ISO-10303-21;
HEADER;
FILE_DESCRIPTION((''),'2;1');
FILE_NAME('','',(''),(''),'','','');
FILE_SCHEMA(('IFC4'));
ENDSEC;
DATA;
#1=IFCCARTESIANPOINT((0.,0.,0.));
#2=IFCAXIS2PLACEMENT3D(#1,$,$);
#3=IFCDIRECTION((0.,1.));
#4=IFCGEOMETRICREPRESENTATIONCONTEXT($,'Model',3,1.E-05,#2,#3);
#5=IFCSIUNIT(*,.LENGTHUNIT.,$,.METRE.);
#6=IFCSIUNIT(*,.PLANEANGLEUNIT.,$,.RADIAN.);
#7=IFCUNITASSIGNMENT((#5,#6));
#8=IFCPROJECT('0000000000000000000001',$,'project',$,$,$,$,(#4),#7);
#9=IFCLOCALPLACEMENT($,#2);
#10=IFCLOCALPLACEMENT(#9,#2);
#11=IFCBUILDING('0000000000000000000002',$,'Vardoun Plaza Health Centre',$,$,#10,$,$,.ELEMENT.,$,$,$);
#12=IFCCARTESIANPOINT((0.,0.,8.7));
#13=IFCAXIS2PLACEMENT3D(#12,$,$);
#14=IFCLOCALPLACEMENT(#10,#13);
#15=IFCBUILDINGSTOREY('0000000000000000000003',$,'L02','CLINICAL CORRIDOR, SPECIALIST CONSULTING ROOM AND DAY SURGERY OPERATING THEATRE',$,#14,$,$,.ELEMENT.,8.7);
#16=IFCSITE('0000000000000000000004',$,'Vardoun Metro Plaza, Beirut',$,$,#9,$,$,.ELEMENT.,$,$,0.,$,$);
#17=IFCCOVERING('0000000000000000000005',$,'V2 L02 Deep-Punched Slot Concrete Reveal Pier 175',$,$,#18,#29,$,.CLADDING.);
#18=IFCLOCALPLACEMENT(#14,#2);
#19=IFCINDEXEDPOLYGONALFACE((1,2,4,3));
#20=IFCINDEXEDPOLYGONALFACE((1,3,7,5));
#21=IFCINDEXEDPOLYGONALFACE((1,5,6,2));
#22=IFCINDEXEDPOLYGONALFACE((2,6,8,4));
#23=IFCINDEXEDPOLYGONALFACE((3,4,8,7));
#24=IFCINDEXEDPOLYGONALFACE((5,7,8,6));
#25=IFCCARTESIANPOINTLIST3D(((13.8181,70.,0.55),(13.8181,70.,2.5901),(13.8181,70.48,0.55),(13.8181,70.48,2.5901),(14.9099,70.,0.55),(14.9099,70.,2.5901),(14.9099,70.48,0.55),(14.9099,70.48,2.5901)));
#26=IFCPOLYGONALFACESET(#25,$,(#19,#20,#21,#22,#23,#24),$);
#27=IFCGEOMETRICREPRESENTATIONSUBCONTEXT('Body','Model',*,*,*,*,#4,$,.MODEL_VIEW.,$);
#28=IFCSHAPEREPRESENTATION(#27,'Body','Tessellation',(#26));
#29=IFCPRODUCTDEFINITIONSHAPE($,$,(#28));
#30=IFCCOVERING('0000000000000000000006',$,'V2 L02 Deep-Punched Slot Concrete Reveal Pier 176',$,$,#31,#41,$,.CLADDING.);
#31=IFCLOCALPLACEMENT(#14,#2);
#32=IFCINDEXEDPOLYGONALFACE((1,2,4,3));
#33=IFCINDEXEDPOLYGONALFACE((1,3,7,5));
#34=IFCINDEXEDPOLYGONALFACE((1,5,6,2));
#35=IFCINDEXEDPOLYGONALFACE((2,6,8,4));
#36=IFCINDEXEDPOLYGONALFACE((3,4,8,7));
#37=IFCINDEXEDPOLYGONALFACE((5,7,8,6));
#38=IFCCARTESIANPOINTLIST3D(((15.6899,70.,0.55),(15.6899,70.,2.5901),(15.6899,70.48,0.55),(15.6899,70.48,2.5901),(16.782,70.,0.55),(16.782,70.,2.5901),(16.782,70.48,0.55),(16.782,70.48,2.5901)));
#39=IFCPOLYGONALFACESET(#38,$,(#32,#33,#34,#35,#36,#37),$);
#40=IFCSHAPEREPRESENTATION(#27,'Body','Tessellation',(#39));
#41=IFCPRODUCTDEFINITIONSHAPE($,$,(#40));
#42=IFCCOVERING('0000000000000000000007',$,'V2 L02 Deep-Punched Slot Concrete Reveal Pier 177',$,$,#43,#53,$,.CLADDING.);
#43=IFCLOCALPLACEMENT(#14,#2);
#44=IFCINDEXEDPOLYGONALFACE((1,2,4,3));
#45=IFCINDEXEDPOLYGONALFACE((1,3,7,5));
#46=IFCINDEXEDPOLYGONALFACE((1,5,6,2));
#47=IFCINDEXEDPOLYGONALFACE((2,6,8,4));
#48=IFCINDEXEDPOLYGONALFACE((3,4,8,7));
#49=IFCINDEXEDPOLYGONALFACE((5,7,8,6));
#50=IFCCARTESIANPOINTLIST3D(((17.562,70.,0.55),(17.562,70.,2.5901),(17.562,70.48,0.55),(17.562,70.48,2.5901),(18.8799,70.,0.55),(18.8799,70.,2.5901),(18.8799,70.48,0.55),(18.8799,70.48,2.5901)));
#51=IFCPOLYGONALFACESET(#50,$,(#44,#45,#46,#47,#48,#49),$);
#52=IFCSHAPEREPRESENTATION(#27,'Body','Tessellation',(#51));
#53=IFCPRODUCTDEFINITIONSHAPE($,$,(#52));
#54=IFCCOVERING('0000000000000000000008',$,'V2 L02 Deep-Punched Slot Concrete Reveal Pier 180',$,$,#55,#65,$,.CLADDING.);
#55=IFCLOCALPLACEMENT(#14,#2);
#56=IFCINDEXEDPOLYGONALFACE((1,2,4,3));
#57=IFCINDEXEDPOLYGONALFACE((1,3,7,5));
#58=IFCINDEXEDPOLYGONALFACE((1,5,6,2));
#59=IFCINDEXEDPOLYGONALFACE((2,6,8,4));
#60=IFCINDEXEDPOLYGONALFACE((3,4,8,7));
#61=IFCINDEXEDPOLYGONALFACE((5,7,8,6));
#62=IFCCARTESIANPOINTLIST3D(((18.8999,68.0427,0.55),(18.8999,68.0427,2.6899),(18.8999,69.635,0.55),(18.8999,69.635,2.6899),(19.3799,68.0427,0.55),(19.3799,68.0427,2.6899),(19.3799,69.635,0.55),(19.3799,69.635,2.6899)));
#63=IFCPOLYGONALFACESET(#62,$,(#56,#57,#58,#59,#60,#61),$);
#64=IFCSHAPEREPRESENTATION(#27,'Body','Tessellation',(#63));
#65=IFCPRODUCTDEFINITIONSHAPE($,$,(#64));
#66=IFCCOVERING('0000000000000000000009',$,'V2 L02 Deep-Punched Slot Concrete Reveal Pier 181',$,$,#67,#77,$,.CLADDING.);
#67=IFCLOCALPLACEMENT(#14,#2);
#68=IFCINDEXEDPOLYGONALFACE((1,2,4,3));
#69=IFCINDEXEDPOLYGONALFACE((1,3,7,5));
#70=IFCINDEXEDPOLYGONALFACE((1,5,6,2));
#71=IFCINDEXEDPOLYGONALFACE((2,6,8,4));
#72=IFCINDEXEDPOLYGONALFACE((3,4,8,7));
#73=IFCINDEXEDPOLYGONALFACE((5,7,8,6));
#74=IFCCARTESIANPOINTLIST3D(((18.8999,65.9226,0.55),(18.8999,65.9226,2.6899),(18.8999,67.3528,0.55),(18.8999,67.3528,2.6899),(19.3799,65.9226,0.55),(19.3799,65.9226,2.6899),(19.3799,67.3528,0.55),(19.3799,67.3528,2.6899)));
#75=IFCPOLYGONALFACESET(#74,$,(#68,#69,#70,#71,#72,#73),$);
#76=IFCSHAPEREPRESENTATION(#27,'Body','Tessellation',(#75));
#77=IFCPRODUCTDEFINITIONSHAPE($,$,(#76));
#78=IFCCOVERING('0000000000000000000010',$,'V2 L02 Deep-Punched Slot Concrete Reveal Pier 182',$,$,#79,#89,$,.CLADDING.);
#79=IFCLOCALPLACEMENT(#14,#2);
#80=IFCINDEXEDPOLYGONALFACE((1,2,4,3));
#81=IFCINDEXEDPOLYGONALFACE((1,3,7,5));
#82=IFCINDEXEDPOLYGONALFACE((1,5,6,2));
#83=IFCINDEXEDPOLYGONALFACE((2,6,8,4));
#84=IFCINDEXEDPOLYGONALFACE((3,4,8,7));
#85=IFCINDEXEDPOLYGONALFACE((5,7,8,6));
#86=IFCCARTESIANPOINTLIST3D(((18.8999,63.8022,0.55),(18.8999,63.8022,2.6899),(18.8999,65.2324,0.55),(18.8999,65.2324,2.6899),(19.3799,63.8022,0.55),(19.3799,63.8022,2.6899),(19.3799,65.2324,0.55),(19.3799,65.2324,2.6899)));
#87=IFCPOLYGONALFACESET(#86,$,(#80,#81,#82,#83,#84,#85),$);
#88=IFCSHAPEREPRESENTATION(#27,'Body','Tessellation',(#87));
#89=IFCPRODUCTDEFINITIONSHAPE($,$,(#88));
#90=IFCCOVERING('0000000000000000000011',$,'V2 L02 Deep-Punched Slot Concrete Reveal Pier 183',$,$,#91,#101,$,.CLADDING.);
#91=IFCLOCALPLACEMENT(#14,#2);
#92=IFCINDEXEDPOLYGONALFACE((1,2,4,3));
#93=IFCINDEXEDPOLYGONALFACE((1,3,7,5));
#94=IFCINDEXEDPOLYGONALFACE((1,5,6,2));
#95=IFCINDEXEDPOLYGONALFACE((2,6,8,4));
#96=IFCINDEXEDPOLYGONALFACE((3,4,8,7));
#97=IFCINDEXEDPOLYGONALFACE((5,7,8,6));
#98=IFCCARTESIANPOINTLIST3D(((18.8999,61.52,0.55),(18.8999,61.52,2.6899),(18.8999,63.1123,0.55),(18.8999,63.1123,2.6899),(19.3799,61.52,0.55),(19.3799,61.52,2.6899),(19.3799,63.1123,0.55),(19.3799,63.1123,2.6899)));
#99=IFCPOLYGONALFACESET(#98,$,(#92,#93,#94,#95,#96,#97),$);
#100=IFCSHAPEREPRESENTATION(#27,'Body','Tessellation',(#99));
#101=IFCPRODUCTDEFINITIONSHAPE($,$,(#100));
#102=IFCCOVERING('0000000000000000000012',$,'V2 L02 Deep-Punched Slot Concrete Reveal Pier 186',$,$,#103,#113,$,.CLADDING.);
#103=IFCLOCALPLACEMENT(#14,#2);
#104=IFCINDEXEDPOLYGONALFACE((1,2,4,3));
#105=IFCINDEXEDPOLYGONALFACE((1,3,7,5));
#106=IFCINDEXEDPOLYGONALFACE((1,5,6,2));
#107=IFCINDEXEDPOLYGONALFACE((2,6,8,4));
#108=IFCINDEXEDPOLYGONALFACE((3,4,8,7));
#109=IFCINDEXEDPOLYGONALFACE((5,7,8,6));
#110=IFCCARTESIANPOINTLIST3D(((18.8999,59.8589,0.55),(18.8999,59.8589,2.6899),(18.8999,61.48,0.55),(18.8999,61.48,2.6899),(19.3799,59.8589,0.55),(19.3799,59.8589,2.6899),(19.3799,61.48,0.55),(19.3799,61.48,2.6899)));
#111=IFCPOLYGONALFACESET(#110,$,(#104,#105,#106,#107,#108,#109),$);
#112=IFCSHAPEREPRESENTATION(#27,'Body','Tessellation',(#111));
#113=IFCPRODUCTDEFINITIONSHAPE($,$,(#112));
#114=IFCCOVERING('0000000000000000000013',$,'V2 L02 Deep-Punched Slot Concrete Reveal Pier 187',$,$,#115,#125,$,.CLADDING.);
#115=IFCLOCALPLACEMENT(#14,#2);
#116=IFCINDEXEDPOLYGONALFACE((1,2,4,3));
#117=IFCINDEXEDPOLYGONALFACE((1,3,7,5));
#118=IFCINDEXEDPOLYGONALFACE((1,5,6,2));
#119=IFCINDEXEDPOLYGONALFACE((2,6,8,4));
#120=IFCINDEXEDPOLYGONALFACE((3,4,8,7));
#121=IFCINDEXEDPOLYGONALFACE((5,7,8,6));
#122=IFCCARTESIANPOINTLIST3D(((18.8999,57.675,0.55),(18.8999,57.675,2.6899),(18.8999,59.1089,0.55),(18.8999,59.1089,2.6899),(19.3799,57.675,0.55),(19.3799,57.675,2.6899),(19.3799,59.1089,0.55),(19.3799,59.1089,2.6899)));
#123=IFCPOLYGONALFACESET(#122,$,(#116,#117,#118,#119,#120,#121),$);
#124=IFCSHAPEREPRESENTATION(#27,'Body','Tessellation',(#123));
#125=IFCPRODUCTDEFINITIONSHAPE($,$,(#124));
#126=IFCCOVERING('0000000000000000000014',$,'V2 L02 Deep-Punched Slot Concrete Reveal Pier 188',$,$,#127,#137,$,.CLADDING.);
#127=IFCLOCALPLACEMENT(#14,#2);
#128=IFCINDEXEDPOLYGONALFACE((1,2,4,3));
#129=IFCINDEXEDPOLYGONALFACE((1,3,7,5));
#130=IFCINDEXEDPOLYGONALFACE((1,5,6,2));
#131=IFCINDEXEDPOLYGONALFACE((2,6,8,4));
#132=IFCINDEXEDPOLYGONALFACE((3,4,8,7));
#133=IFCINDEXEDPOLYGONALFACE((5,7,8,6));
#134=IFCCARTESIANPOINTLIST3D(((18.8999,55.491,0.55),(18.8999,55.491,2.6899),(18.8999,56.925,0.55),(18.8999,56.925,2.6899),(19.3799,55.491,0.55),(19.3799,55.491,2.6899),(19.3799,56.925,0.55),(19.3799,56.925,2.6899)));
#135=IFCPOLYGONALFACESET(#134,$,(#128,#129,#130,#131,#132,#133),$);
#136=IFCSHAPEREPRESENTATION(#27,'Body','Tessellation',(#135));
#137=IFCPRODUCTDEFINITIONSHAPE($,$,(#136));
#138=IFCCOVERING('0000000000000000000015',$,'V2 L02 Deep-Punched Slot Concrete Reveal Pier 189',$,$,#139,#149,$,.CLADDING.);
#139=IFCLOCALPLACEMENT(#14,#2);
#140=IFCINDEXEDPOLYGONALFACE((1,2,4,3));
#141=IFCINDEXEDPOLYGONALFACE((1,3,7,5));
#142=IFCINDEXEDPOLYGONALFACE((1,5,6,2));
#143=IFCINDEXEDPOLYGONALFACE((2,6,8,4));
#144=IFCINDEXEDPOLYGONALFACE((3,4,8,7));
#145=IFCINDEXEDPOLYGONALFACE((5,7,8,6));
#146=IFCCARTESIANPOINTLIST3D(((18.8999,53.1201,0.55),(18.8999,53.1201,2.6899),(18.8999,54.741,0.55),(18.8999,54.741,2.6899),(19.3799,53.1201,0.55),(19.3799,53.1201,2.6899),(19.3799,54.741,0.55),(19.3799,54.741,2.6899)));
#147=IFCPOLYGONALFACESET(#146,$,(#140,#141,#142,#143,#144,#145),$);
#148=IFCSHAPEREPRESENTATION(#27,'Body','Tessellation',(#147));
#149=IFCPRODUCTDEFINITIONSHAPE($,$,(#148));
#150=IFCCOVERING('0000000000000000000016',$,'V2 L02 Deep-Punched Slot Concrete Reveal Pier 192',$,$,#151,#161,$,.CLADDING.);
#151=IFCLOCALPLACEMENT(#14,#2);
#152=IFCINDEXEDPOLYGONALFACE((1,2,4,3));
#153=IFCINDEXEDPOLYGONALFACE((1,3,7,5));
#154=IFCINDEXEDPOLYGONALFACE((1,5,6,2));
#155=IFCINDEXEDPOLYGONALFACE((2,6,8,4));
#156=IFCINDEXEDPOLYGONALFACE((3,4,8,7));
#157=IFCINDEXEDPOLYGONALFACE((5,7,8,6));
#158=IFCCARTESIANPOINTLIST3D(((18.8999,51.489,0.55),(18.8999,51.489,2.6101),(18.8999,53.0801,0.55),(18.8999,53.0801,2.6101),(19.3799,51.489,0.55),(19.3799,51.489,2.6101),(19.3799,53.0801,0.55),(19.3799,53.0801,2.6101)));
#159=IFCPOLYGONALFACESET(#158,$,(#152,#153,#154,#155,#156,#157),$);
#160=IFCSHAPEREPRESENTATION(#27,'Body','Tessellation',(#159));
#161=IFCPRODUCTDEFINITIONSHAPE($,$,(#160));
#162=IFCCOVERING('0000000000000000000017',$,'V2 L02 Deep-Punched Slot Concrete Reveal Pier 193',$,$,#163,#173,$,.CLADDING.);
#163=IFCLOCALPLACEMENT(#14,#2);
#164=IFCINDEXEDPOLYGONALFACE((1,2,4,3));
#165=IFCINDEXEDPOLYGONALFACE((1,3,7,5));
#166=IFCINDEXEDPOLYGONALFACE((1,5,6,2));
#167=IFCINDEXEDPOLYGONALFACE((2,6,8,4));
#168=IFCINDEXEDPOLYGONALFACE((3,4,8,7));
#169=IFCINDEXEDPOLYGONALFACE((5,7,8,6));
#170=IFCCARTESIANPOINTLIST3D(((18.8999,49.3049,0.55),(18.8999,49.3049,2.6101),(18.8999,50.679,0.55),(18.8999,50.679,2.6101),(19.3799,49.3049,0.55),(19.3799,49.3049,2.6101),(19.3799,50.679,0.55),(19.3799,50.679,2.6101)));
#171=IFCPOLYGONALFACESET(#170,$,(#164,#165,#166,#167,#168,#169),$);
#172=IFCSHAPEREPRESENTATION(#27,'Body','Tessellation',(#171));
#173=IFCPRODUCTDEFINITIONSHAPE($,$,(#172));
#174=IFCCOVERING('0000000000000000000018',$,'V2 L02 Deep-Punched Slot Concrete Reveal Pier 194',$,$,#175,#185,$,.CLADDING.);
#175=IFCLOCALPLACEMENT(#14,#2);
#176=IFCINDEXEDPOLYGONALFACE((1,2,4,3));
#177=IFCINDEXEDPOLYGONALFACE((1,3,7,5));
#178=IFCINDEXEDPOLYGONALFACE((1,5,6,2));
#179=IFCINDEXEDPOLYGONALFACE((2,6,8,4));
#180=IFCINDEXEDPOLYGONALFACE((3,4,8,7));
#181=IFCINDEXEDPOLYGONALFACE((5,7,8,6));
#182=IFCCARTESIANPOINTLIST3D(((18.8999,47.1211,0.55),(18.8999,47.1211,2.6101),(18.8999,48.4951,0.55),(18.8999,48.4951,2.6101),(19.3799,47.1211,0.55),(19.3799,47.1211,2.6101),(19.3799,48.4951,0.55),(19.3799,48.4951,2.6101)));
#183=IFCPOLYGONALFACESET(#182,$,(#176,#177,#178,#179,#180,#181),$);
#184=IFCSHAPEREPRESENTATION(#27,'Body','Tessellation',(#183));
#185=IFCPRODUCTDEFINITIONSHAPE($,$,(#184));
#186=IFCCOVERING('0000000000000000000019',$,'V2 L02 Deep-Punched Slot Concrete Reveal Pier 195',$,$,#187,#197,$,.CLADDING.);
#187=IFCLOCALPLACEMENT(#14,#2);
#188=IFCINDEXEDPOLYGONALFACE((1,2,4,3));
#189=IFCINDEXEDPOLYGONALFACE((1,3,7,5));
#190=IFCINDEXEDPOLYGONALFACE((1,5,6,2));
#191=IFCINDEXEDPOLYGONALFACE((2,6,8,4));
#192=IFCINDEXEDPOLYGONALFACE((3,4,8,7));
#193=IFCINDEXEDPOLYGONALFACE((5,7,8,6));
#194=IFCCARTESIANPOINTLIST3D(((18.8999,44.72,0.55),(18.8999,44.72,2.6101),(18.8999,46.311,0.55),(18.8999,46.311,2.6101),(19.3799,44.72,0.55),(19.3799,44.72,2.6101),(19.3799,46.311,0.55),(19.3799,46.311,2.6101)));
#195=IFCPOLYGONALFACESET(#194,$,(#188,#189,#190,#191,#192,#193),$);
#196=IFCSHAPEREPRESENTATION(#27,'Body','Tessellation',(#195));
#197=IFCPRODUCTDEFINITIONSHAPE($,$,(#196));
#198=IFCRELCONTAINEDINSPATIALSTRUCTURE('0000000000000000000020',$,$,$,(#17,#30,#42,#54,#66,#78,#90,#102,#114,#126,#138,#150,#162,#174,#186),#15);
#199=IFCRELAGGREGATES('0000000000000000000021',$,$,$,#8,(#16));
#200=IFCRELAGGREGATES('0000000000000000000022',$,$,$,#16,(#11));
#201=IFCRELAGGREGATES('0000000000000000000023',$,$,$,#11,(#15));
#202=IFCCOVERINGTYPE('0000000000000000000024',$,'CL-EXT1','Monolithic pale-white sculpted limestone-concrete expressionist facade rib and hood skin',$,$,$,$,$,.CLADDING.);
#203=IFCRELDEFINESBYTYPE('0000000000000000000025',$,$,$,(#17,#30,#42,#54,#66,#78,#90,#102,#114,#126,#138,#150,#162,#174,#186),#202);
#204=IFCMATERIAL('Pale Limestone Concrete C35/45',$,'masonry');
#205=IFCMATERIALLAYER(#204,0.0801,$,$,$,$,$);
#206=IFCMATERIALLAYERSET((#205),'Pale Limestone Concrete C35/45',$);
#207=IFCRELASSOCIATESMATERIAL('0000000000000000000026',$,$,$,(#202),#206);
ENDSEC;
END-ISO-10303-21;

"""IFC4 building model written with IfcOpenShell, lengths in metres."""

from ifc_helpers import new_model, si_unit, direction, frame, origin, place, context, subcontext, project, spatial, polyline, outline, extrude, material, layer, layer_set, type_object, element, save


model = new_model("IFC4")

# Units and contexts
model_context = context("Model", 3, precision=1e-05, world=origin(), true_north=direction((0.0, 1.0)))
body_context = subcontext(model_context, "Body", "Model", "MODEL_VIEW")
ifc_project = project(units=[si_unit("LENGTHUNIT", "METRE"), si_unit("PLANEANGLEUNIT", "RADIAN")], contexts=[model_context])

# Site, building, storey
site_placement = place(None, origin())
site = spatial("IfcSite", under=ifc_project, at=site_placement, Name="Vardoun Metro Plaza, Beirut", CompositionType="ELEMENT", RefElevation=0.0)
building_placement = place(site_placement, origin())
building = spatial("IfcBuilding", under=site, at=building_placement, Name="Vardoun Plaza Health Centre", CompositionType="ELEMENT")
storey_placement = place(building_placement, frame((0.0, 0.0, 8.7)))
storey = spatial("IfcBuildingStorey", under=building, at=storey_placement, Name="L02", Description="CLINICAL CORRIDOR, SPECIALIST CONSULTING ROOM AND DAY SURGERY OPERATING THEATRE", CompositionType="ELEMENT", Elevation=8.7)

# Coverings
ifc_material = material(Name="Pale Limestone Concrete C35/45", Category="masonry")
ifc_layer = layer(ifc_material, 0.0801)
ifc_layer_set = layer_set([ifc_layer], Name="Pale Limestone Concrete C35/45")
covering_type = type_object("IfcCoveringType", Name="CL-EXT1", Description="Monolithic pale-white sculpted limestone-concrete expressionist facade rib and hood skin", PredefinedType="CLADDING", material=ifc_layer_set)
covering_1_placement = place(storey_placement, frame((0.0, 0.0, 0.55)))
element("IfcCovering", 1, at=covering_1_placement, inside=storey, type_object=covering_type, Name="V2 L02 Deep-Punched Slot Concrete Reveal Pier 175", PredefinedType="CLADDING", context=body_context, shape_type="SweptSolid", body=[
    extrude(outline(polyline([(13.8181, 70.0), (14.9099, 70.0), (14.9099, 70.48), (13.8181, 70.48), (13.8181, 70.0)])), origin(), (0.0, 0.0, 1.0), 2.04),
])
covering_2_placement = place(storey_placement, frame((0.0, 0.0, 0.55)))
element("IfcCovering", 2, at=covering_2_placement, inside=storey, type_object=covering_type, Name="V2 L02 Deep-Punched Slot Concrete Reveal Pier 176", PredefinedType="CLADDING", context=body_context, shape_type="SweptSolid", body=[
    extrude(outline(polyline([(15.6899, 70.0), (16.782, 70.0), (16.782, 70.48), (15.6899, 70.48), (15.6899, 70.0)])), origin(), (0.0, 0.0, 1.0), 2.04),
])
covering_3_placement = place(storey_placement, frame((0.0, 0.0, 0.55)))
element("IfcCovering", 3, at=covering_3_placement, inside=storey, type_object=covering_type, Name="V2 L02 Deep-Punched Slot Concrete Reveal Pier 177", PredefinedType="CLADDING", context=body_context, shape_type="SweptSolid", body=[
    extrude(outline(polyline([(17.562, 70.0), (18.8799, 70.0), (18.8799, 70.48), (17.562, 70.48), (17.562, 70.0)])), origin(), (0.0, 0.0, 1.0), 2.04),
])
covering_4_placement = place(storey_placement, frame((0.0, 0.0, 0.55)))
element("IfcCovering", 4, at=covering_4_placement, inside=storey, type_object=covering_type, Name="V2 L02 Deep-Punched Slot Concrete Reveal Pier 180", PredefinedType="CLADDING", context=body_context, shape_type="SweptSolid", body=[
    extrude(outline(polyline([(18.8999, 69.635), (18.8999, 68.0427), (19.3799, 68.0427), (19.3799, 69.635), (18.8999, 69.635)])), origin(), (0.0, 0.0, 1.0), 2.1399),
])
covering_5_placement = place(storey_placement, frame((0.0, 0.0, 0.55)))
element("IfcCovering", 5, at=covering_5_placement, inside=storey, type_object=covering_type, Name="V2 L02 Deep-Punched Slot Concrete Reveal Pier 181", PredefinedType="CLADDING", context=body_context, shape_type="SweptSolid", body=[
    extrude(outline(polyline([(18.8999, 67.3528), (18.8999, 65.9226), (19.3799, 65.9226), (19.3799, 67.3528), (18.8999, 67.3528)])), origin(), (0.0, 0.0, 1.0), 2.1399),
])
covering_6_placement = place(storey_placement, frame((0.0, 0.0, 0.55)))
element("IfcCovering", 6, at=covering_6_placement, inside=storey, type_object=covering_type, Name="V2 L02 Deep-Punched Slot Concrete Reveal Pier 182", PredefinedType="CLADDING", context=body_context, shape_type="SweptSolid", body=[
    extrude(outline(polyline([(18.8999, 65.2324), (18.8999, 63.8022), (19.3799, 63.8022), (19.3799, 65.2324), (18.8999, 65.2324)])), origin(), (0.0, 0.0, 1.0), 2.1399),
])
covering_7_placement = place(storey_placement, frame((0.0, 0.0, 0.55)))
element("IfcCovering", 7, at=covering_7_placement, inside=storey, type_object=covering_type, Name="V2 L02 Deep-Punched Slot Concrete Reveal Pier 183", PredefinedType="CLADDING", context=body_context, shape_type="SweptSolid", body=[
    extrude(outline(polyline([(18.8999, 63.1123), (18.8999, 61.52), (19.3799, 61.52), (19.3799, 63.1123), (18.8999, 63.1123)])), origin(), (0.0, 0.0, 1.0), 2.1399),
])
covering_8_placement = place(storey_placement, frame((0.0, 0.0, 0.55)))
element("IfcCovering", 8, at=covering_8_placement, inside=storey, type_object=covering_type, Name="V2 L02 Deep-Punched Slot Concrete Reveal Pier 186", PredefinedType="CLADDING", context=body_context, shape_type="SweptSolid", body=[
    extrude(outline(polyline([(18.8999, 61.48), (18.8999, 59.8589), (19.3799, 59.8589), (19.3799, 61.48), (18.8999, 61.48)])), origin(), (0.0, 0.0, 1.0), 2.1399),
])
covering_9_placement = place(storey_placement, frame((0.0, 0.0, 0.55)))
element("IfcCovering", 9, at=covering_9_placement, inside=storey, type_object=covering_type, Name="V2 L02 Deep-Punched Slot Concrete Reveal Pier 187", PredefinedType="CLADDING", context=body_context, shape_type="SweptSolid", body=[
    extrude(outline(polyline([(18.8999, 59.1089), (18.8999, 57.675), (19.3799, 57.675), (19.3799, 59.1089), (18.8999, 59.1089)])), origin(), (0.0, 0.0, 1.0), 2.1399),
])
covering_10_placement = place(storey_placement, frame((0.0, 0.0, 0.55)))
element("IfcCovering", 10, at=covering_10_placement, inside=storey, type_object=covering_type, Name="V2 L02 Deep-Punched Slot Concrete Reveal Pier 188", PredefinedType="CLADDING", context=body_context, shape_type="SweptSolid", body=[
    extrude(outline(polyline([(18.8999, 56.925), (18.8999, 55.491), (19.3799, 55.491), (19.3799, 56.925), (18.8999, 56.925)])), origin(), (0.0, 0.0, 1.0), 2.1399),
])
covering_11_placement = place(storey_placement, frame((0.0, 0.0, 0.55)))
element("IfcCovering", 11, at=covering_11_placement, inside=storey, type_object=covering_type, Name="V2 L02 Deep-Punched Slot Concrete Reveal Pier 189", PredefinedType="CLADDING", context=body_context, shape_type="SweptSolid", body=[
    extrude(outline(polyline([(18.8999, 54.741), (18.8999, 53.1201), (19.3799, 53.1201), (19.3799, 54.741), (18.8999, 54.741)])), origin(), (0.0, 0.0, 1.0), 2.1399),
])
covering_12_placement = place(storey_placement, frame((0.0, 0.0, 0.55)))
element("IfcCovering", 12, at=covering_12_placement, inside=storey, type_object=covering_type, Name="V2 L02 Deep-Punched Slot Concrete Reveal Pier 192", PredefinedType="CLADDING", context=body_context, shape_type="SweptSolid", body=[
    extrude(outline(polyline([(18.8999, 53.0801), (18.8999, 51.489), (19.3799, 51.489), (19.3799, 53.0801), (18.8999, 53.0801)])), origin(), (0.0, 0.0, 1.0), 2.0601),
])
covering_13_placement = place(storey_placement, frame((0.0, 0.0, 0.55)))
element("IfcCovering", 13, at=covering_13_placement, inside=storey, type_object=covering_type, Name="V2 L02 Deep-Punched Slot Concrete Reveal Pier 193", PredefinedType="CLADDING", context=body_context, shape_type="SweptSolid", body=[
    extrude(outline(polyline([(18.8999, 50.679), (18.8999, 49.3049), (19.3799, 49.3049), (19.3799, 50.679), (18.8999, 50.679)])), origin(), (0.0, 0.0, 1.0), 2.0601),
])
covering_14_placement = place(storey_placement, frame((0.0, 0.0, 0.55)))
element("IfcCovering", 14, at=covering_14_placement, inside=storey, type_object=covering_type, Name="V2 L02 Deep-Punched Slot Concrete Reveal Pier 194", PredefinedType="CLADDING", context=body_context, shape_type="SweptSolid", body=[
    extrude(outline(polyline([(18.8999, 48.4951), (18.8999, 47.1211), (19.3799, 47.1211), (19.3799, 48.4951), (18.8999, 48.4951)])), origin(), (0.0, 0.0, 1.0), 2.0601),
])
covering_15_placement = place(storey_placement, frame((0.0, 0.0, 0.55)))
element("IfcCovering", 15, at=covering_15_placement, inside=storey, type_object=covering_type, Name="V2 L02 Deep-Punched Slot Concrete Reveal Pier 195", PredefinedType="CLADDING", context=body_context, shape_type="SweptSolid", body=[
    extrude(outline(polyline([(18.8999, 46.311), (18.8999, 44.72), (19.3799, 44.72), (19.3799, 46.311), (18.8999, 46.311)])), origin(), (0.0, 0.0, 1.0), 2.0601),
])

save(model, "model.ifc")
